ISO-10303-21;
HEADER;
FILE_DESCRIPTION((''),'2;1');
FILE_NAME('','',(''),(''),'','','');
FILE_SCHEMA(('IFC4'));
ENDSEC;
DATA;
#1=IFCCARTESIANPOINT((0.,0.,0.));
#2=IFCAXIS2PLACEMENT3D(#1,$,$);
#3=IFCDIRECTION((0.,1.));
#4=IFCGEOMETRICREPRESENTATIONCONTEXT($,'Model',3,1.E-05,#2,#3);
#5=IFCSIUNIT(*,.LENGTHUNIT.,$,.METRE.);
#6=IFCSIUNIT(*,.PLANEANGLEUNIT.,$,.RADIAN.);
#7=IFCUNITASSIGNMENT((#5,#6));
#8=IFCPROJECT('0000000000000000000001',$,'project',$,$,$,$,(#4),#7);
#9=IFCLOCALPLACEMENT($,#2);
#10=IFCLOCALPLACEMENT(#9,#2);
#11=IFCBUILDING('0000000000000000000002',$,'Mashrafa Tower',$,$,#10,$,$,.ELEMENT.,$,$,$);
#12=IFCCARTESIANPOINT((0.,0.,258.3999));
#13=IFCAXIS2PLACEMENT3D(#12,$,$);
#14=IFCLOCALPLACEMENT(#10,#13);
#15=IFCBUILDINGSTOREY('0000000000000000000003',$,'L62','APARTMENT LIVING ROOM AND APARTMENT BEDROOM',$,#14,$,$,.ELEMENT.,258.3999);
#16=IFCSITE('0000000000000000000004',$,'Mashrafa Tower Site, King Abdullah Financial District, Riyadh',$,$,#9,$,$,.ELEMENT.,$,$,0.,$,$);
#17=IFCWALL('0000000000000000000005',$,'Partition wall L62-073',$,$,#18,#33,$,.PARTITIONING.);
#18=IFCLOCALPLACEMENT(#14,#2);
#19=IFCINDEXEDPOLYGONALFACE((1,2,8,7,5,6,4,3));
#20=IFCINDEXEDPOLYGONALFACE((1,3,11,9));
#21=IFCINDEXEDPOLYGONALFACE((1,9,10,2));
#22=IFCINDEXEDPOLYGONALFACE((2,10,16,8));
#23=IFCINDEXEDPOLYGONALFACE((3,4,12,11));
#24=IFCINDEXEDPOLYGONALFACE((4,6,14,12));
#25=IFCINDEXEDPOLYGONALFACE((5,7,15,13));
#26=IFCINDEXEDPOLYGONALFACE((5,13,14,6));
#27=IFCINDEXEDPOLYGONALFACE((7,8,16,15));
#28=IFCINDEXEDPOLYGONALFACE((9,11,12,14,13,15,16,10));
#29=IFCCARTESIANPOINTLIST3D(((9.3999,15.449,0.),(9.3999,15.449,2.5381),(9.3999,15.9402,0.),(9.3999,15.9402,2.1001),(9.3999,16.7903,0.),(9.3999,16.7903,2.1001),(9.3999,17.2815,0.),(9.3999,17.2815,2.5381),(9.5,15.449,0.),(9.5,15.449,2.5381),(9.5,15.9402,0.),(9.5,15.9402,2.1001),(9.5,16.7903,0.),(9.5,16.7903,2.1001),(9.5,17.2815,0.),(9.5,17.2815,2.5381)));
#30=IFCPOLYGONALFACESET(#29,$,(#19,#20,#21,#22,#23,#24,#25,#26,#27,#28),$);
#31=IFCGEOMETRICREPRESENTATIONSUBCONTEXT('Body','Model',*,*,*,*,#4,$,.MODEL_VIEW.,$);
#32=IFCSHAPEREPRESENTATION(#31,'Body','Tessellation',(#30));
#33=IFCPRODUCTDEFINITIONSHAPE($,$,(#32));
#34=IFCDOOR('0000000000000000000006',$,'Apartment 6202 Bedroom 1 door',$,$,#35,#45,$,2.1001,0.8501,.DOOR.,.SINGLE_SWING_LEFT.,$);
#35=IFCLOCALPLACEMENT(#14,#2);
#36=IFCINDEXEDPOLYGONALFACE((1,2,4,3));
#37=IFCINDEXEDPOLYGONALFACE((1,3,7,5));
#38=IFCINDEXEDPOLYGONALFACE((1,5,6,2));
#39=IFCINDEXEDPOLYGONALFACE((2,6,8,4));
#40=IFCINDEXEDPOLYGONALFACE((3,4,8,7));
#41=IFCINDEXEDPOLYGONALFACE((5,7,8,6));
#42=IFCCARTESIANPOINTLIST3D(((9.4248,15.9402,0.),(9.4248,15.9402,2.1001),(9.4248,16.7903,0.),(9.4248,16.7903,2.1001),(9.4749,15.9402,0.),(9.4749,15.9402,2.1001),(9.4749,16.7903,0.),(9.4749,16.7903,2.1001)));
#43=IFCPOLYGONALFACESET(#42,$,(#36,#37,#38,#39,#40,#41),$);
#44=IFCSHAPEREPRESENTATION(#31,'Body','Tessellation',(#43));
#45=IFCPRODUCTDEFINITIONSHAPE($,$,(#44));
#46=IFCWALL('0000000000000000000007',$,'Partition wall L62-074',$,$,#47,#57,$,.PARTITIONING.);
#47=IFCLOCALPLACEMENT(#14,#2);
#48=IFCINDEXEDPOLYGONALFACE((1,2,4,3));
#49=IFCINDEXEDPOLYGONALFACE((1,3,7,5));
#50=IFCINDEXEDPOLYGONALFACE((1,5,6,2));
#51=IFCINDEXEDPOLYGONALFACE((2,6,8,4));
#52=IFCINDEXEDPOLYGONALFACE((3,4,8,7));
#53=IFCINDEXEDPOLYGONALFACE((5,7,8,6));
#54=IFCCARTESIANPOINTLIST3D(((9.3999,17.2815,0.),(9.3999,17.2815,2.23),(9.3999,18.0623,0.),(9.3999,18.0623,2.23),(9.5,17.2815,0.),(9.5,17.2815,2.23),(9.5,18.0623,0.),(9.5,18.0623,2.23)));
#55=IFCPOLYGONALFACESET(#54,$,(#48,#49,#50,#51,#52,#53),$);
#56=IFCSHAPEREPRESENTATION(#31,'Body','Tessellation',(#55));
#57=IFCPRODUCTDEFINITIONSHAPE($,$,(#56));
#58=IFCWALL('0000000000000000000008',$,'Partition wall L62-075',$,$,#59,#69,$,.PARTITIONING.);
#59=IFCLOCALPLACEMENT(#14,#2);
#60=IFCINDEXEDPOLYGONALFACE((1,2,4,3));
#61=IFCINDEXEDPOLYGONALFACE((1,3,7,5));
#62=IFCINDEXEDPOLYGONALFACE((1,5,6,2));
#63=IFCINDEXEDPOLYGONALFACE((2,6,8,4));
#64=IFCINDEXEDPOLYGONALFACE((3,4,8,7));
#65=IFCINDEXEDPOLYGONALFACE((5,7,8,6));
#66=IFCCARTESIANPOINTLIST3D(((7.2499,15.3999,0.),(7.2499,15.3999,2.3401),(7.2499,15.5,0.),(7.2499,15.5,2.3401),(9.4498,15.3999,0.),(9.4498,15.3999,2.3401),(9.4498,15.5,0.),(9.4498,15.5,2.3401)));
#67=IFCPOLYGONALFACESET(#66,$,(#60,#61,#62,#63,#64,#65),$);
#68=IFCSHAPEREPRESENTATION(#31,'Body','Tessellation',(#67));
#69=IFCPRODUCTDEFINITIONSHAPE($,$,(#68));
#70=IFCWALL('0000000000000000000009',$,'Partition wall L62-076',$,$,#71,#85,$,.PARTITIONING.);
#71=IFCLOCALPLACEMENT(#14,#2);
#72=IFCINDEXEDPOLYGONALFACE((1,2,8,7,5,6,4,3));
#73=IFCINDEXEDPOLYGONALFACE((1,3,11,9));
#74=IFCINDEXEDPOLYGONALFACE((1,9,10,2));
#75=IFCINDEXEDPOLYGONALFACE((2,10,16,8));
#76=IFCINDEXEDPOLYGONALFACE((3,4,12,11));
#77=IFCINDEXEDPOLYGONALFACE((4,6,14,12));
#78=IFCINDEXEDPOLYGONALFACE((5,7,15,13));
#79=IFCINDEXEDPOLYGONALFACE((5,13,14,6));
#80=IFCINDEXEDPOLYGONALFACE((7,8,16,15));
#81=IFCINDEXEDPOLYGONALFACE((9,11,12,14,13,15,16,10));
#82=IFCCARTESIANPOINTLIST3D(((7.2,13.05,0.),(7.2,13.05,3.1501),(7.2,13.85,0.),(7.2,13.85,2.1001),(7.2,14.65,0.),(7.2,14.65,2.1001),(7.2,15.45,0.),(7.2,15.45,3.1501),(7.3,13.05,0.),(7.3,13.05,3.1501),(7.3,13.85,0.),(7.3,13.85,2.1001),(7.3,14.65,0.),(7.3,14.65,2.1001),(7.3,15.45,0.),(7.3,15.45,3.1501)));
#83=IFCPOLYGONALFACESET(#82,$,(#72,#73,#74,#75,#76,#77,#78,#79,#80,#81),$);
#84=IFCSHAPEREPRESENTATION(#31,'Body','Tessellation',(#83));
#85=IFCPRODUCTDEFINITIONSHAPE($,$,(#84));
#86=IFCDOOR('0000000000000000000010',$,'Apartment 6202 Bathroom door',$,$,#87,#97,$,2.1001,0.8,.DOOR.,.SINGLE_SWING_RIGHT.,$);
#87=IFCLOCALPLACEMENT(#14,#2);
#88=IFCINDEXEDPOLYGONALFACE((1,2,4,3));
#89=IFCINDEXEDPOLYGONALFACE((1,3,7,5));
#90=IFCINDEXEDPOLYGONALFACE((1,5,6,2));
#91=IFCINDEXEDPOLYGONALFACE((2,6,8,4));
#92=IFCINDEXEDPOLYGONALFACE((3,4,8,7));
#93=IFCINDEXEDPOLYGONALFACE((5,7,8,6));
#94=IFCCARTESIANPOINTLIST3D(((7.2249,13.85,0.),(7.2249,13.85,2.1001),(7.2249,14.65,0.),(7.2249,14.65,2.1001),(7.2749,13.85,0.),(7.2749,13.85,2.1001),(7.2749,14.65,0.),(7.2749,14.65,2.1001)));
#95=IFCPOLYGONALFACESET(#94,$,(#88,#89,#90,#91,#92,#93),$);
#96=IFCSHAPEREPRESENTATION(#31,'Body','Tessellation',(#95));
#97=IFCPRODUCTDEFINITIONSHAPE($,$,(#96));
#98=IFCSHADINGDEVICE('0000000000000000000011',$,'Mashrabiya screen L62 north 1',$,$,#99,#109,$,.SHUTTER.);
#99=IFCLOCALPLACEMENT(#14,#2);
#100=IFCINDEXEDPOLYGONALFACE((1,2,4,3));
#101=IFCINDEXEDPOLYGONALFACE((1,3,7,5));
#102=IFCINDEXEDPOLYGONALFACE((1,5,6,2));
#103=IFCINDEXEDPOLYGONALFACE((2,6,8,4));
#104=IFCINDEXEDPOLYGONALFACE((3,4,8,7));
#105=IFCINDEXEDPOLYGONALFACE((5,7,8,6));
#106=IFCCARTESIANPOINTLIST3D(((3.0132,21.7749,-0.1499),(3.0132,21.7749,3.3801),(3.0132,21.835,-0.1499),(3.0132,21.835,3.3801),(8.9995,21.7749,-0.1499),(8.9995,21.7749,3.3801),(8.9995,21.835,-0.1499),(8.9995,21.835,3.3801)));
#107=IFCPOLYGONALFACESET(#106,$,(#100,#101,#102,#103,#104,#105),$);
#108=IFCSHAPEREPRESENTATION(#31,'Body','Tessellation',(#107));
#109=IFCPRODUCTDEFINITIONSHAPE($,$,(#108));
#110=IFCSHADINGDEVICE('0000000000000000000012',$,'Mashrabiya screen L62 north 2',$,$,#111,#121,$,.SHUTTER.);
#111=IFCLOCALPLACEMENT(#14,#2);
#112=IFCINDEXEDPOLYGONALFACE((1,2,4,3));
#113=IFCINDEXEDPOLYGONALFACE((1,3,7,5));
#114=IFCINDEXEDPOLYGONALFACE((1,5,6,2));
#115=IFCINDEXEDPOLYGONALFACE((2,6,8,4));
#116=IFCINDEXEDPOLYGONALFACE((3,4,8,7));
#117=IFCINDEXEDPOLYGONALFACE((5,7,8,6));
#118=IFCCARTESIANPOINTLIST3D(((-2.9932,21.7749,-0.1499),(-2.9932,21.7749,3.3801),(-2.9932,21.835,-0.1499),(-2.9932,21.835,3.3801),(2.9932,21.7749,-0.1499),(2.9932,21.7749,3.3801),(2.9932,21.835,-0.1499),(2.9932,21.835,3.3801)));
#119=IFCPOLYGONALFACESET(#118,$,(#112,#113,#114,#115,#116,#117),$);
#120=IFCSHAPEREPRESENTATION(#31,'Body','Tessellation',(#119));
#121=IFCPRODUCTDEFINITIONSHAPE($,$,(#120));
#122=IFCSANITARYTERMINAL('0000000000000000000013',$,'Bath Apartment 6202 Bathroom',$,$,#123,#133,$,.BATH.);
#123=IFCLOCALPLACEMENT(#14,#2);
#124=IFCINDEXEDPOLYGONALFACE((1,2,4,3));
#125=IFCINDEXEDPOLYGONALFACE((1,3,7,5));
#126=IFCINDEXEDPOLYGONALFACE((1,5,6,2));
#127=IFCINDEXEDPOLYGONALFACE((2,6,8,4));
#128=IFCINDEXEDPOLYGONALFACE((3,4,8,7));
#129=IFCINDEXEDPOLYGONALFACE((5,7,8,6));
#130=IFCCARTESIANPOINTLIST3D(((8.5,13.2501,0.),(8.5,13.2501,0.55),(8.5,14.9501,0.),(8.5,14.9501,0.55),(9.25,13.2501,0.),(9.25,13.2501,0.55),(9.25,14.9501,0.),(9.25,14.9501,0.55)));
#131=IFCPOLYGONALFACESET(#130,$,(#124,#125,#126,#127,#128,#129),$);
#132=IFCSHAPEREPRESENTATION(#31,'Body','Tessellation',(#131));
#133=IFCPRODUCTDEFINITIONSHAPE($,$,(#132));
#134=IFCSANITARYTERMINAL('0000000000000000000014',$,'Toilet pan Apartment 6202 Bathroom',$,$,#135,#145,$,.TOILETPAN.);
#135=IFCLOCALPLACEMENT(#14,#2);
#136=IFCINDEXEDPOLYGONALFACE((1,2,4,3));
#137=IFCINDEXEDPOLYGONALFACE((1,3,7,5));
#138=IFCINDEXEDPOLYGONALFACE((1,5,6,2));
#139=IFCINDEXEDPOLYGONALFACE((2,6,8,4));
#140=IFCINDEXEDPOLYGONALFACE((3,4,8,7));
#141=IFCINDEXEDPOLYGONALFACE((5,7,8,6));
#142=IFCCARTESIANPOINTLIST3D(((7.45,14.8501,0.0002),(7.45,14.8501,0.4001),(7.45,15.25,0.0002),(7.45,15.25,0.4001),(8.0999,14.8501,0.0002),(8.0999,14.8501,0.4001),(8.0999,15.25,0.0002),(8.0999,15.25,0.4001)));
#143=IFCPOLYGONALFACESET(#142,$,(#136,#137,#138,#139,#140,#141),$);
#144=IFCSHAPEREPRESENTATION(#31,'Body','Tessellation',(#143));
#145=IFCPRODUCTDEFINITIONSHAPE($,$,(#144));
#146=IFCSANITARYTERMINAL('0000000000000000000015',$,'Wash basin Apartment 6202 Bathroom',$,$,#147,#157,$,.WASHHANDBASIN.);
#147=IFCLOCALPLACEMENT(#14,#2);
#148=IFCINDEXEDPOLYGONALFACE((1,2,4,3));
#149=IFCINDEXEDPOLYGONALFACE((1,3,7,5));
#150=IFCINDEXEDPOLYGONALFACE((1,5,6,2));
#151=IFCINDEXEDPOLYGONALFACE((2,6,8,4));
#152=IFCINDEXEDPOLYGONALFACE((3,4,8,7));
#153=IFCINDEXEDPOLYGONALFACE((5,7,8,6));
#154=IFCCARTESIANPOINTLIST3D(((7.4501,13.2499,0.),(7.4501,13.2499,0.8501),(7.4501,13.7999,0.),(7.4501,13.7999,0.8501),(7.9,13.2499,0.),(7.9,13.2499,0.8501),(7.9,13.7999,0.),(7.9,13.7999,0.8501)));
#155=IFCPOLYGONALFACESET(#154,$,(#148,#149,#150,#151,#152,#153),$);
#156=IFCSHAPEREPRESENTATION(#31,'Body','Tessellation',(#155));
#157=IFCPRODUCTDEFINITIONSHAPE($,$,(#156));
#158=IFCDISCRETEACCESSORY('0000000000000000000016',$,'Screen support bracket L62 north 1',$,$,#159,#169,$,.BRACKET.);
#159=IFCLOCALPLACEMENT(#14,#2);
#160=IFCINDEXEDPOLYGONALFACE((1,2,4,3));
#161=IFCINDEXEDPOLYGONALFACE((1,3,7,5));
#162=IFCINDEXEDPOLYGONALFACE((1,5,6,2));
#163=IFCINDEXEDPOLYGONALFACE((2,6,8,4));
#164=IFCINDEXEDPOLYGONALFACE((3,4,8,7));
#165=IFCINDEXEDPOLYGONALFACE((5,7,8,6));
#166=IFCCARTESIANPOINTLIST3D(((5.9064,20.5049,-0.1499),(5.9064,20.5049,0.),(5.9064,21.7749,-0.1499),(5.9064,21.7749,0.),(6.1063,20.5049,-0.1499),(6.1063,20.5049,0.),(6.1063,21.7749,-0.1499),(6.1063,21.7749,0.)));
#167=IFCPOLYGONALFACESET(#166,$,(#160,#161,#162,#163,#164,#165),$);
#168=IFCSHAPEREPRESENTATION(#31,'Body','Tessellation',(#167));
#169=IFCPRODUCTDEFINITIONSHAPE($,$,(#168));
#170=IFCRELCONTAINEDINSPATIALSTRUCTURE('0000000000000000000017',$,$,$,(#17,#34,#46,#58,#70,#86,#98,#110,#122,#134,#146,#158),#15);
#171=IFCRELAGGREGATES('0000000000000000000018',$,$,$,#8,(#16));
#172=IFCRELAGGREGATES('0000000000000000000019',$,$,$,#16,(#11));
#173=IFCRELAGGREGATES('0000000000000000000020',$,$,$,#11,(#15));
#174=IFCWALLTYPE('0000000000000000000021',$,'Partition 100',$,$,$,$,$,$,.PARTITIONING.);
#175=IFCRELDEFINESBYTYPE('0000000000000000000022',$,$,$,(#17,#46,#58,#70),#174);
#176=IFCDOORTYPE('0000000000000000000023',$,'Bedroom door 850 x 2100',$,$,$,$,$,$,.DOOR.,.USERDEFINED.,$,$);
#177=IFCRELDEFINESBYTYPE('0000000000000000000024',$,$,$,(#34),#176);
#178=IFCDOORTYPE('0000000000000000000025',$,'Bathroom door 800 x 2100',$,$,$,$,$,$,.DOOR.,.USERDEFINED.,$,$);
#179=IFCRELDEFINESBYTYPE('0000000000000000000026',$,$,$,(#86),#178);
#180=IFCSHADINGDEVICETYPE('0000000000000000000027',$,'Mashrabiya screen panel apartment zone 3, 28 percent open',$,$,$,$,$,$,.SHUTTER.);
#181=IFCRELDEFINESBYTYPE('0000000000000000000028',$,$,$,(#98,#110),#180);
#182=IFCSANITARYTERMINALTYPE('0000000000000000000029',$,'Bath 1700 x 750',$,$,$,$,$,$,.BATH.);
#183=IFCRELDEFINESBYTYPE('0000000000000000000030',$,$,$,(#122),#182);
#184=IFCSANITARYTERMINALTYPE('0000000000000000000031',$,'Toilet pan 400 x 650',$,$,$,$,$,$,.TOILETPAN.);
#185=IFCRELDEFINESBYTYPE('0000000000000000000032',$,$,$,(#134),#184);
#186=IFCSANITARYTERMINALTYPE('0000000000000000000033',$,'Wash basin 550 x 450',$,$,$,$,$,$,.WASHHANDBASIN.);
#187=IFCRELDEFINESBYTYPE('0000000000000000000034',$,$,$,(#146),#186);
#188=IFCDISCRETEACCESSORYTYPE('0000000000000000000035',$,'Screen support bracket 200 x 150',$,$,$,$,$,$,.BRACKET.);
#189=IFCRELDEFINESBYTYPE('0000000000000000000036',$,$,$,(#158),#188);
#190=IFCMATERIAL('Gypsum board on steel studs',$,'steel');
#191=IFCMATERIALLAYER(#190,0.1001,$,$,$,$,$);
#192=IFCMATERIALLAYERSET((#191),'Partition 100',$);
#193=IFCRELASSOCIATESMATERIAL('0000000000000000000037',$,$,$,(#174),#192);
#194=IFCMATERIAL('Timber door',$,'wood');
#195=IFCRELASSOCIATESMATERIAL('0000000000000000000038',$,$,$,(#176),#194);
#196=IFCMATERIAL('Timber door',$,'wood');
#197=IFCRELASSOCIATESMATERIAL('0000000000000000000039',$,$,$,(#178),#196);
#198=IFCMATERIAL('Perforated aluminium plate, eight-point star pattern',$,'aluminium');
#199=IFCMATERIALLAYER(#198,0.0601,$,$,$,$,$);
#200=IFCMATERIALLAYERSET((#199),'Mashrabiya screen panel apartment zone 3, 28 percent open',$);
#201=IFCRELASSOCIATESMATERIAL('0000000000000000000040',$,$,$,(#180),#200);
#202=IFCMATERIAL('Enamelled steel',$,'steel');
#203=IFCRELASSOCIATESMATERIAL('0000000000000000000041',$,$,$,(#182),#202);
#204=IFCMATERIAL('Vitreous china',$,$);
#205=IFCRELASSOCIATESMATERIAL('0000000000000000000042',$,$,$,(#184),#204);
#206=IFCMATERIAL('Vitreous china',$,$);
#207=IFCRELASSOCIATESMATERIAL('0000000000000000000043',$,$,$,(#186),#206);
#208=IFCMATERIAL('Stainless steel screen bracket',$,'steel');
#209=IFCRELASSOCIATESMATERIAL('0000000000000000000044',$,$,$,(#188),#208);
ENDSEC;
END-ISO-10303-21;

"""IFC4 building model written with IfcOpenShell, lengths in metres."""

from ifc_helpers import new_model, si_unit, direction, frame, frame_2d, origin, origin_2d, place, context, subcontext, project, spatial, rectangle, extrude, source, transform, mapped, material, layer, layer_set, type_object, type_shapes, element, fill, save


model = new_model("IFC4")

# Units and contexts
model_context = context("Model", 3, precision=1e-05, world=origin(), true_north=direction((0.0, 1.0)))
body_context = subcontext(model_context, "Body", "Model", "MODEL_VIEW")
ifc_project = project(units=[si_unit("LENGTHUNIT", "METRE"), si_unit("PLANEANGLEUNIT", "RADIAN")], contexts=[model_context])

# Site, building, storey
site_placement = place(None, origin())
site = spatial("IfcSite", under=ifc_project, at=site_placement, Name="Mashrafa Tower Site, King Abdullah Financial District, Riyadh", CompositionType="ELEMENT", RefElevation=0.0)
building_placement = place(site_placement, origin())
building = spatial("IfcBuilding", under=site, at=building_placement, Name="Mashrafa Tower", CompositionType="ELEMENT")
storey_placement = place(building_placement, frame((0.0, 0.0, 258.3999)))
storey = spatial("IfcBuildingStorey", under=building, at=storey_placement, Name="L62", Description="APARTMENT LIVING ROOM AND APARTMENT BEDROOM", CompositionType="ELEMENT", Elevation=258.3999)

# Shared definitions
ifc_material_1 = material(Name="Gypsum board on steel studs", Category="steel")
ifc_layer_1 = layer(ifc_material_1, 0.1001)
ifc_layer_set_1 = layer_set([ifc_layer_1], Name="Partition 100")
wall_type_1 = type_object("IfcWallType", Name="Partition 100", PredefinedType="PARTITIONING", material=ifc_layer_set_1)

# Wall, opening, door
wall_1_placement = place(storey_placement, frame((9.45, 17.2815, 0.0), z_axis=(0.0, 0.0, 1.0), x_axis=(0.0, -1.0, 0.0)))
wall_1 = element("IfcWall", 1, at=wall_1_placement, inside=storey, type_object=wall_type_1, Name="Partition wall L62-073", PredefinedType="PARTITIONING", context=body_context, shape_type="SweptSolid", body=[
    extrude(rectangle(XDim=1.8325, YDim=0.1001, at=frame_2d((0.9163, 0.0))), origin(), (0.0, 0.0, 1.0), 2.5381),
])
opening_1_placement = place(wall_1_placement, frame((0.4912, 0.0, 0.0)))
opening_1 = element("IfcOpeningElement", 2, at=opening_1_placement, cuts=wall_1, PredefinedType="OPENING", context=body_context, shape_type="SweptSolid", body=[
    extrude(rectangle(XDim=0.8501, YDim=2.1001, at=frame_2d((0.425, 1.05))), frame((0.0, 0.0601, 0.0), z_axis=(0.0, -1.0, 0.0), x_axis=(1.0, 0.0, 0.0)), (0.0, 0.0, 1.0), 0.1201),
])
ifc_material_2 = material(Name="Timber door", Category="wood")
door_type_1 = type_object("IfcDoorType", Name="Bedroom door 850 x 2100", OperationType="USERDEFINED", PredefinedType="DOOR", material=ifc_material_2)
door_1_placement = place(opening_1_placement, origin())
door_1 = element("IfcDoor", 3, at=door_1_placement, inside=storey, type_object=door_type_1, Name="Apartment 6202 Bedroom 1 door", OperationType="SINGLE_SWING_LEFT", OverallHeight=2.1001, OverallWidth=0.8501, PredefinedType="DOOR", context=body_context, shape_type="SweptSolid", body=[
    extrude(rectangle(XDim=0.8501, YDim=2.1001, at=frame_2d((0.425, 1.05))), frame((0.0, 0.0249, 0.0), z_axis=(0.0, -1.0, 0.0), x_axis=(1.0, 0.0, 0.0)), (0.0, 0.0, 1.0), 0.05),
])
fill(opening_1, door_1)

# Walls
wall_2_placement = place(storey_placement, frame((9.45, 18.0623, 0.0), z_axis=(0.0, 0.0, 1.0), x_axis=(0.0, -1.0, 0.0)))
element("IfcWall", 4, at=wall_2_placement, inside=storey, type_object=wall_type_1, Name="Partition wall L62-074", PredefinedType="PARTITIONING", context=body_context, shape_type="SweptSolid", body=[
    extrude(rectangle(XDim=0.7808, YDim=0.1001, at=frame_2d((0.3904, 0.0))), origin(), (0.0, 0.0, 1.0), 2.23),
])
wall_3_placement = place(storey_placement, frame((9.45, 15.45, 0.0), z_axis=(0.0, 0.0, 1.0), x_axis=(-1.0, 0.0, 0.0)))
element("IfcWall", 5, at=wall_3_placement, inside=storey, type_object=wall_type_1, Name="Partition wall L62-075", PredefinedType="PARTITIONING", context=body_context, shape_type="SweptSolid", body=[
    extrude(rectangle(XDim=2.2, YDim=0.1001, at=frame_2d((1.1001, 0.0))), origin(), (0.0, 0.0, 1.0), 2.3401),
])

# Wall, opening, door
wall_4_placement = place(storey_placement, frame((7.25, 15.45, 0.0), z_axis=(0.0, 0.0, 1.0), x_axis=(0.0, -1.0, 0.0)))
wall_4 = element("IfcWall", 6, at=wall_4_placement, inside=storey, type_object=wall_type_1, Name="Partition wall L62-076", PredefinedType="PARTITIONING", context=body_context, shape_type="SweptSolid", body=[
    extrude(rectangle(XDim=2.3999, YDim=0.1001, at=frame_2d((1.2, 0.0))), origin(), (0.0, 0.0, 1.0), 3.1501),
])
opening_2_placement = place(wall_4_placement, frame((0.8, 0.0, 0.0)))
opening_2 = element("IfcOpeningElement", 7, at=opening_2_placement, cuts=wall_4, PredefinedType="OPENING", context=body_context, shape_type="SweptSolid", body=[
    extrude(rectangle(XDim=0.8, YDim=2.1001, at=frame_2d((0.3999, 1.05))), frame((0.0, 0.0601, 0.0), z_axis=(0.0, -1.0, 0.0), x_axis=(1.0, 0.0, 0.0)), (0.0, 0.0, 1.0), 0.1201),
])
ifc_material_3 = material(Name="Timber door", Category="wood")
door_type_2 = type_object("IfcDoorType", Name="Bathroom door 800 x 2100", OperationType="USERDEFINED", PredefinedType="DOOR", material=ifc_material_3)
door_2_placement = place(opening_2_placement, origin())
door_2 = element("IfcDoor", 8, at=door_2_placement, inside=storey, type_object=door_type_2, Name="Apartment 6202 Bathroom door", OperationType="SINGLE_SWING_RIGHT", OverallHeight=2.1001, OverallWidth=0.8, PredefinedType="DOOR", context=body_context, shape_type="SweptSolid", body=[
    extrude(rectangle(XDim=0.8, YDim=2.1001, at=frame_2d((0.3999, 1.05))), frame((0.0, 0.0249, 0.0), z_axis=(0.0, -1.0, 0.0), x_axis=(1.0, 0.0, 0.0)), (0.0, 0.0, 1.0), 0.05),
])
fill(opening_2, door_2)

# Shading devices
ifc_material_4 = material(Name="Perforated aluminium plate, eight-point star pattern", Category="aluminium")
ifc_layer_2 = layer(ifc_material_4, 0.0601)
ifc_layer_set_2 = layer_set([ifc_layer_2], Name="Mashrabiya screen panel apartment zone 3, 28 percent open")
shading_device_type = type_object("IfcShadingDeviceType", Name="Mashrabiya screen panel apartment zone 3, 28 percent open", PredefinedType="SHUTTER", material=ifc_layer_set_2)
shared_shape_1 = source(origin(), body_context, "Body", "SweptSolid", [
    extrude(rectangle(XDim=5.9863, YDim=0.0601, at=origin_2d()), origin(), (0.0, 0.0, 1.0), 3.53),
])
type_shapes(shading_device_type, [shared_shape_1])
for number, where, z_axis, x_axis, name in (
    (9, (6.0063, 21.8049, -0.1499), (0.0, 0.0, 1.0), (-1.0, 0.0, 0.0), "Mashrabiya screen L62 north 1"),
    (10, (0.0, 21.8049, -0.1499), (0.0, 0.0, 1.0), (-1.0, 0.0, 0.0), "Mashrabiya screen L62 north 2"),
):
    element("IfcShadingDevice", number, at=place(storey_placement, frame(where, z_axis=z_axis, x_axis=x_axis)), inside=storey, type_object=shading_device_type, Name=name, PredefinedType="SHUTTER", context=body_context, shape_type="MappedRepresentation", body=[
        mapped(shared_shape_1, transform((0.0, 0.0, 0.0))),
    ])

# Sanitary terminals
ifc_material_5 = material(Name="Enamelled steel", Category="steel")
sanitary_terminal_type_1 = type_object("IfcSanitaryTerminalType", Name="Bath 1700 x 750", PredefinedType="BATH", material=ifc_material_5)
sanitary_terminal_1_placement = place(storey_placement, frame((8.875, 14.1001, 0.0), z_axis=(0.0, 0.0, 1.0), x_axis=(0.0, 1.0, 0.0)))
element("IfcSanitaryTerminal", 11, at=sanitary_terminal_1_placement, inside=storey, type_object=sanitary_terminal_type_1, Name="Bath Apartment 6202 Bathroom", PredefinedType="BATH", context=body_context, shape_type="SweptSolid", body=[
    extrude(rectangle(XDim=1.7, YDim=0.75, at=origin_2d()), origin(), (0.0, 0.0, 1.0), 0.55),
])
ifc_material_6 = material(Name="Vitreous china")
sanitary_terminal_type_2 = type_object("IfcSanitaryTerminalType", Name="Toilet pan 400 x 650", PredefinedType="TOILETPAN", material=ifc_material_6)
sanitary_terminal_2_placement = place(storey_placement, frame((7.7749, 15.05, 0.0002), z_axis=(0.0, 0.0, 1.0), x_axis=(0.0, -1.0, 0.0)))
element("IfcSanitaryTerminal", 12, at=sanitary_terminal_2_placement, inside=storey, type_object=sanitary_terminal_type_2, Name="Toilet pan Apartment 6202 Bathroom", PredefinedType="TOILETPAN", context=body_context, shape_type="SweptSolid", body=[
    extrude(rectangle(XDim=0.3999, YDim=0.6499, at=origin_2d()), origin(), (0.0, 0.0, 1.0), 0.3999),
])
ifc_material_7 = material(Name="Vitreous china")
sanitary_terminal_type_3 = type_object("IfcSanitaryTerminalType", Name="Wash basin 550 x 450", PredefinedType="WASHHANDBASIN", material=ifc_material_7)
sanitary_terminal_3_placement = place(storey_placement, frame((7.675, 13.5249, 0.0), z_axis=(0.0, 0.0, 1.0), x_axis=(0.0, -1.0, 0.0)))
element("IfcSanitaryTerminal", 13, at=sanitary_terminal_3_placement, inside=storey, type_object=sanitary_terminal_type_3, Name="Wash basin Apartment 6202 Bathroom", PredefinedType="WASHHANDBASIN", context=body_context, shape_type="SweptSolid", body=[
    extrude(rectangle(XDim=0.55, YDim=0.45, at=origin_2d()), origin(), (0.0, 0.0, 1.0), 0.8501),
])

# Discrete accessory
ifc_material_8 = material(Name="Stainless steel screen bracket", Category="steel")
discrete_accessory_type = type_object("IfcDiscreteAccessoryType", Name="Screen support bracket 200 x 150", PredefinedType="BRACKET", material=ifc_material_8)
shared_shape_2 = source(origin(), body_context, "Body", "SweptSolid", [
    extrude(rectangle(XDim=0.2, YDim=1.27, at=origin_2d()), origin(), (0.0, 0.0, 1.0), 0.1499),
])
type_shapes(discrete_accessory_type, [shared_shape_2])
for number, where, z_axis, x_axis, name in (
    (14, (6.0063, 21.1399, -0.1499), (0.0, 0.0, 1.0), (-1.0, 0.0, 0.0), "Screen support bracket L62 north 1"),
):
    element("IfcDiscreteAccessory", number, at=place(storey_placement, frame(where, z_axis=z_axis, x_axis=x_axis)), inside=storey, type_object=discrete_accessory_type, Name=name, PredefinedType="BRACKET", context=body_context, shape_type="MappedRepresentation", body=[
        mapped(shared_shape_2, transform((0.0, 0.0, 0.0))),
    ])

save(model, "model.ifc")
